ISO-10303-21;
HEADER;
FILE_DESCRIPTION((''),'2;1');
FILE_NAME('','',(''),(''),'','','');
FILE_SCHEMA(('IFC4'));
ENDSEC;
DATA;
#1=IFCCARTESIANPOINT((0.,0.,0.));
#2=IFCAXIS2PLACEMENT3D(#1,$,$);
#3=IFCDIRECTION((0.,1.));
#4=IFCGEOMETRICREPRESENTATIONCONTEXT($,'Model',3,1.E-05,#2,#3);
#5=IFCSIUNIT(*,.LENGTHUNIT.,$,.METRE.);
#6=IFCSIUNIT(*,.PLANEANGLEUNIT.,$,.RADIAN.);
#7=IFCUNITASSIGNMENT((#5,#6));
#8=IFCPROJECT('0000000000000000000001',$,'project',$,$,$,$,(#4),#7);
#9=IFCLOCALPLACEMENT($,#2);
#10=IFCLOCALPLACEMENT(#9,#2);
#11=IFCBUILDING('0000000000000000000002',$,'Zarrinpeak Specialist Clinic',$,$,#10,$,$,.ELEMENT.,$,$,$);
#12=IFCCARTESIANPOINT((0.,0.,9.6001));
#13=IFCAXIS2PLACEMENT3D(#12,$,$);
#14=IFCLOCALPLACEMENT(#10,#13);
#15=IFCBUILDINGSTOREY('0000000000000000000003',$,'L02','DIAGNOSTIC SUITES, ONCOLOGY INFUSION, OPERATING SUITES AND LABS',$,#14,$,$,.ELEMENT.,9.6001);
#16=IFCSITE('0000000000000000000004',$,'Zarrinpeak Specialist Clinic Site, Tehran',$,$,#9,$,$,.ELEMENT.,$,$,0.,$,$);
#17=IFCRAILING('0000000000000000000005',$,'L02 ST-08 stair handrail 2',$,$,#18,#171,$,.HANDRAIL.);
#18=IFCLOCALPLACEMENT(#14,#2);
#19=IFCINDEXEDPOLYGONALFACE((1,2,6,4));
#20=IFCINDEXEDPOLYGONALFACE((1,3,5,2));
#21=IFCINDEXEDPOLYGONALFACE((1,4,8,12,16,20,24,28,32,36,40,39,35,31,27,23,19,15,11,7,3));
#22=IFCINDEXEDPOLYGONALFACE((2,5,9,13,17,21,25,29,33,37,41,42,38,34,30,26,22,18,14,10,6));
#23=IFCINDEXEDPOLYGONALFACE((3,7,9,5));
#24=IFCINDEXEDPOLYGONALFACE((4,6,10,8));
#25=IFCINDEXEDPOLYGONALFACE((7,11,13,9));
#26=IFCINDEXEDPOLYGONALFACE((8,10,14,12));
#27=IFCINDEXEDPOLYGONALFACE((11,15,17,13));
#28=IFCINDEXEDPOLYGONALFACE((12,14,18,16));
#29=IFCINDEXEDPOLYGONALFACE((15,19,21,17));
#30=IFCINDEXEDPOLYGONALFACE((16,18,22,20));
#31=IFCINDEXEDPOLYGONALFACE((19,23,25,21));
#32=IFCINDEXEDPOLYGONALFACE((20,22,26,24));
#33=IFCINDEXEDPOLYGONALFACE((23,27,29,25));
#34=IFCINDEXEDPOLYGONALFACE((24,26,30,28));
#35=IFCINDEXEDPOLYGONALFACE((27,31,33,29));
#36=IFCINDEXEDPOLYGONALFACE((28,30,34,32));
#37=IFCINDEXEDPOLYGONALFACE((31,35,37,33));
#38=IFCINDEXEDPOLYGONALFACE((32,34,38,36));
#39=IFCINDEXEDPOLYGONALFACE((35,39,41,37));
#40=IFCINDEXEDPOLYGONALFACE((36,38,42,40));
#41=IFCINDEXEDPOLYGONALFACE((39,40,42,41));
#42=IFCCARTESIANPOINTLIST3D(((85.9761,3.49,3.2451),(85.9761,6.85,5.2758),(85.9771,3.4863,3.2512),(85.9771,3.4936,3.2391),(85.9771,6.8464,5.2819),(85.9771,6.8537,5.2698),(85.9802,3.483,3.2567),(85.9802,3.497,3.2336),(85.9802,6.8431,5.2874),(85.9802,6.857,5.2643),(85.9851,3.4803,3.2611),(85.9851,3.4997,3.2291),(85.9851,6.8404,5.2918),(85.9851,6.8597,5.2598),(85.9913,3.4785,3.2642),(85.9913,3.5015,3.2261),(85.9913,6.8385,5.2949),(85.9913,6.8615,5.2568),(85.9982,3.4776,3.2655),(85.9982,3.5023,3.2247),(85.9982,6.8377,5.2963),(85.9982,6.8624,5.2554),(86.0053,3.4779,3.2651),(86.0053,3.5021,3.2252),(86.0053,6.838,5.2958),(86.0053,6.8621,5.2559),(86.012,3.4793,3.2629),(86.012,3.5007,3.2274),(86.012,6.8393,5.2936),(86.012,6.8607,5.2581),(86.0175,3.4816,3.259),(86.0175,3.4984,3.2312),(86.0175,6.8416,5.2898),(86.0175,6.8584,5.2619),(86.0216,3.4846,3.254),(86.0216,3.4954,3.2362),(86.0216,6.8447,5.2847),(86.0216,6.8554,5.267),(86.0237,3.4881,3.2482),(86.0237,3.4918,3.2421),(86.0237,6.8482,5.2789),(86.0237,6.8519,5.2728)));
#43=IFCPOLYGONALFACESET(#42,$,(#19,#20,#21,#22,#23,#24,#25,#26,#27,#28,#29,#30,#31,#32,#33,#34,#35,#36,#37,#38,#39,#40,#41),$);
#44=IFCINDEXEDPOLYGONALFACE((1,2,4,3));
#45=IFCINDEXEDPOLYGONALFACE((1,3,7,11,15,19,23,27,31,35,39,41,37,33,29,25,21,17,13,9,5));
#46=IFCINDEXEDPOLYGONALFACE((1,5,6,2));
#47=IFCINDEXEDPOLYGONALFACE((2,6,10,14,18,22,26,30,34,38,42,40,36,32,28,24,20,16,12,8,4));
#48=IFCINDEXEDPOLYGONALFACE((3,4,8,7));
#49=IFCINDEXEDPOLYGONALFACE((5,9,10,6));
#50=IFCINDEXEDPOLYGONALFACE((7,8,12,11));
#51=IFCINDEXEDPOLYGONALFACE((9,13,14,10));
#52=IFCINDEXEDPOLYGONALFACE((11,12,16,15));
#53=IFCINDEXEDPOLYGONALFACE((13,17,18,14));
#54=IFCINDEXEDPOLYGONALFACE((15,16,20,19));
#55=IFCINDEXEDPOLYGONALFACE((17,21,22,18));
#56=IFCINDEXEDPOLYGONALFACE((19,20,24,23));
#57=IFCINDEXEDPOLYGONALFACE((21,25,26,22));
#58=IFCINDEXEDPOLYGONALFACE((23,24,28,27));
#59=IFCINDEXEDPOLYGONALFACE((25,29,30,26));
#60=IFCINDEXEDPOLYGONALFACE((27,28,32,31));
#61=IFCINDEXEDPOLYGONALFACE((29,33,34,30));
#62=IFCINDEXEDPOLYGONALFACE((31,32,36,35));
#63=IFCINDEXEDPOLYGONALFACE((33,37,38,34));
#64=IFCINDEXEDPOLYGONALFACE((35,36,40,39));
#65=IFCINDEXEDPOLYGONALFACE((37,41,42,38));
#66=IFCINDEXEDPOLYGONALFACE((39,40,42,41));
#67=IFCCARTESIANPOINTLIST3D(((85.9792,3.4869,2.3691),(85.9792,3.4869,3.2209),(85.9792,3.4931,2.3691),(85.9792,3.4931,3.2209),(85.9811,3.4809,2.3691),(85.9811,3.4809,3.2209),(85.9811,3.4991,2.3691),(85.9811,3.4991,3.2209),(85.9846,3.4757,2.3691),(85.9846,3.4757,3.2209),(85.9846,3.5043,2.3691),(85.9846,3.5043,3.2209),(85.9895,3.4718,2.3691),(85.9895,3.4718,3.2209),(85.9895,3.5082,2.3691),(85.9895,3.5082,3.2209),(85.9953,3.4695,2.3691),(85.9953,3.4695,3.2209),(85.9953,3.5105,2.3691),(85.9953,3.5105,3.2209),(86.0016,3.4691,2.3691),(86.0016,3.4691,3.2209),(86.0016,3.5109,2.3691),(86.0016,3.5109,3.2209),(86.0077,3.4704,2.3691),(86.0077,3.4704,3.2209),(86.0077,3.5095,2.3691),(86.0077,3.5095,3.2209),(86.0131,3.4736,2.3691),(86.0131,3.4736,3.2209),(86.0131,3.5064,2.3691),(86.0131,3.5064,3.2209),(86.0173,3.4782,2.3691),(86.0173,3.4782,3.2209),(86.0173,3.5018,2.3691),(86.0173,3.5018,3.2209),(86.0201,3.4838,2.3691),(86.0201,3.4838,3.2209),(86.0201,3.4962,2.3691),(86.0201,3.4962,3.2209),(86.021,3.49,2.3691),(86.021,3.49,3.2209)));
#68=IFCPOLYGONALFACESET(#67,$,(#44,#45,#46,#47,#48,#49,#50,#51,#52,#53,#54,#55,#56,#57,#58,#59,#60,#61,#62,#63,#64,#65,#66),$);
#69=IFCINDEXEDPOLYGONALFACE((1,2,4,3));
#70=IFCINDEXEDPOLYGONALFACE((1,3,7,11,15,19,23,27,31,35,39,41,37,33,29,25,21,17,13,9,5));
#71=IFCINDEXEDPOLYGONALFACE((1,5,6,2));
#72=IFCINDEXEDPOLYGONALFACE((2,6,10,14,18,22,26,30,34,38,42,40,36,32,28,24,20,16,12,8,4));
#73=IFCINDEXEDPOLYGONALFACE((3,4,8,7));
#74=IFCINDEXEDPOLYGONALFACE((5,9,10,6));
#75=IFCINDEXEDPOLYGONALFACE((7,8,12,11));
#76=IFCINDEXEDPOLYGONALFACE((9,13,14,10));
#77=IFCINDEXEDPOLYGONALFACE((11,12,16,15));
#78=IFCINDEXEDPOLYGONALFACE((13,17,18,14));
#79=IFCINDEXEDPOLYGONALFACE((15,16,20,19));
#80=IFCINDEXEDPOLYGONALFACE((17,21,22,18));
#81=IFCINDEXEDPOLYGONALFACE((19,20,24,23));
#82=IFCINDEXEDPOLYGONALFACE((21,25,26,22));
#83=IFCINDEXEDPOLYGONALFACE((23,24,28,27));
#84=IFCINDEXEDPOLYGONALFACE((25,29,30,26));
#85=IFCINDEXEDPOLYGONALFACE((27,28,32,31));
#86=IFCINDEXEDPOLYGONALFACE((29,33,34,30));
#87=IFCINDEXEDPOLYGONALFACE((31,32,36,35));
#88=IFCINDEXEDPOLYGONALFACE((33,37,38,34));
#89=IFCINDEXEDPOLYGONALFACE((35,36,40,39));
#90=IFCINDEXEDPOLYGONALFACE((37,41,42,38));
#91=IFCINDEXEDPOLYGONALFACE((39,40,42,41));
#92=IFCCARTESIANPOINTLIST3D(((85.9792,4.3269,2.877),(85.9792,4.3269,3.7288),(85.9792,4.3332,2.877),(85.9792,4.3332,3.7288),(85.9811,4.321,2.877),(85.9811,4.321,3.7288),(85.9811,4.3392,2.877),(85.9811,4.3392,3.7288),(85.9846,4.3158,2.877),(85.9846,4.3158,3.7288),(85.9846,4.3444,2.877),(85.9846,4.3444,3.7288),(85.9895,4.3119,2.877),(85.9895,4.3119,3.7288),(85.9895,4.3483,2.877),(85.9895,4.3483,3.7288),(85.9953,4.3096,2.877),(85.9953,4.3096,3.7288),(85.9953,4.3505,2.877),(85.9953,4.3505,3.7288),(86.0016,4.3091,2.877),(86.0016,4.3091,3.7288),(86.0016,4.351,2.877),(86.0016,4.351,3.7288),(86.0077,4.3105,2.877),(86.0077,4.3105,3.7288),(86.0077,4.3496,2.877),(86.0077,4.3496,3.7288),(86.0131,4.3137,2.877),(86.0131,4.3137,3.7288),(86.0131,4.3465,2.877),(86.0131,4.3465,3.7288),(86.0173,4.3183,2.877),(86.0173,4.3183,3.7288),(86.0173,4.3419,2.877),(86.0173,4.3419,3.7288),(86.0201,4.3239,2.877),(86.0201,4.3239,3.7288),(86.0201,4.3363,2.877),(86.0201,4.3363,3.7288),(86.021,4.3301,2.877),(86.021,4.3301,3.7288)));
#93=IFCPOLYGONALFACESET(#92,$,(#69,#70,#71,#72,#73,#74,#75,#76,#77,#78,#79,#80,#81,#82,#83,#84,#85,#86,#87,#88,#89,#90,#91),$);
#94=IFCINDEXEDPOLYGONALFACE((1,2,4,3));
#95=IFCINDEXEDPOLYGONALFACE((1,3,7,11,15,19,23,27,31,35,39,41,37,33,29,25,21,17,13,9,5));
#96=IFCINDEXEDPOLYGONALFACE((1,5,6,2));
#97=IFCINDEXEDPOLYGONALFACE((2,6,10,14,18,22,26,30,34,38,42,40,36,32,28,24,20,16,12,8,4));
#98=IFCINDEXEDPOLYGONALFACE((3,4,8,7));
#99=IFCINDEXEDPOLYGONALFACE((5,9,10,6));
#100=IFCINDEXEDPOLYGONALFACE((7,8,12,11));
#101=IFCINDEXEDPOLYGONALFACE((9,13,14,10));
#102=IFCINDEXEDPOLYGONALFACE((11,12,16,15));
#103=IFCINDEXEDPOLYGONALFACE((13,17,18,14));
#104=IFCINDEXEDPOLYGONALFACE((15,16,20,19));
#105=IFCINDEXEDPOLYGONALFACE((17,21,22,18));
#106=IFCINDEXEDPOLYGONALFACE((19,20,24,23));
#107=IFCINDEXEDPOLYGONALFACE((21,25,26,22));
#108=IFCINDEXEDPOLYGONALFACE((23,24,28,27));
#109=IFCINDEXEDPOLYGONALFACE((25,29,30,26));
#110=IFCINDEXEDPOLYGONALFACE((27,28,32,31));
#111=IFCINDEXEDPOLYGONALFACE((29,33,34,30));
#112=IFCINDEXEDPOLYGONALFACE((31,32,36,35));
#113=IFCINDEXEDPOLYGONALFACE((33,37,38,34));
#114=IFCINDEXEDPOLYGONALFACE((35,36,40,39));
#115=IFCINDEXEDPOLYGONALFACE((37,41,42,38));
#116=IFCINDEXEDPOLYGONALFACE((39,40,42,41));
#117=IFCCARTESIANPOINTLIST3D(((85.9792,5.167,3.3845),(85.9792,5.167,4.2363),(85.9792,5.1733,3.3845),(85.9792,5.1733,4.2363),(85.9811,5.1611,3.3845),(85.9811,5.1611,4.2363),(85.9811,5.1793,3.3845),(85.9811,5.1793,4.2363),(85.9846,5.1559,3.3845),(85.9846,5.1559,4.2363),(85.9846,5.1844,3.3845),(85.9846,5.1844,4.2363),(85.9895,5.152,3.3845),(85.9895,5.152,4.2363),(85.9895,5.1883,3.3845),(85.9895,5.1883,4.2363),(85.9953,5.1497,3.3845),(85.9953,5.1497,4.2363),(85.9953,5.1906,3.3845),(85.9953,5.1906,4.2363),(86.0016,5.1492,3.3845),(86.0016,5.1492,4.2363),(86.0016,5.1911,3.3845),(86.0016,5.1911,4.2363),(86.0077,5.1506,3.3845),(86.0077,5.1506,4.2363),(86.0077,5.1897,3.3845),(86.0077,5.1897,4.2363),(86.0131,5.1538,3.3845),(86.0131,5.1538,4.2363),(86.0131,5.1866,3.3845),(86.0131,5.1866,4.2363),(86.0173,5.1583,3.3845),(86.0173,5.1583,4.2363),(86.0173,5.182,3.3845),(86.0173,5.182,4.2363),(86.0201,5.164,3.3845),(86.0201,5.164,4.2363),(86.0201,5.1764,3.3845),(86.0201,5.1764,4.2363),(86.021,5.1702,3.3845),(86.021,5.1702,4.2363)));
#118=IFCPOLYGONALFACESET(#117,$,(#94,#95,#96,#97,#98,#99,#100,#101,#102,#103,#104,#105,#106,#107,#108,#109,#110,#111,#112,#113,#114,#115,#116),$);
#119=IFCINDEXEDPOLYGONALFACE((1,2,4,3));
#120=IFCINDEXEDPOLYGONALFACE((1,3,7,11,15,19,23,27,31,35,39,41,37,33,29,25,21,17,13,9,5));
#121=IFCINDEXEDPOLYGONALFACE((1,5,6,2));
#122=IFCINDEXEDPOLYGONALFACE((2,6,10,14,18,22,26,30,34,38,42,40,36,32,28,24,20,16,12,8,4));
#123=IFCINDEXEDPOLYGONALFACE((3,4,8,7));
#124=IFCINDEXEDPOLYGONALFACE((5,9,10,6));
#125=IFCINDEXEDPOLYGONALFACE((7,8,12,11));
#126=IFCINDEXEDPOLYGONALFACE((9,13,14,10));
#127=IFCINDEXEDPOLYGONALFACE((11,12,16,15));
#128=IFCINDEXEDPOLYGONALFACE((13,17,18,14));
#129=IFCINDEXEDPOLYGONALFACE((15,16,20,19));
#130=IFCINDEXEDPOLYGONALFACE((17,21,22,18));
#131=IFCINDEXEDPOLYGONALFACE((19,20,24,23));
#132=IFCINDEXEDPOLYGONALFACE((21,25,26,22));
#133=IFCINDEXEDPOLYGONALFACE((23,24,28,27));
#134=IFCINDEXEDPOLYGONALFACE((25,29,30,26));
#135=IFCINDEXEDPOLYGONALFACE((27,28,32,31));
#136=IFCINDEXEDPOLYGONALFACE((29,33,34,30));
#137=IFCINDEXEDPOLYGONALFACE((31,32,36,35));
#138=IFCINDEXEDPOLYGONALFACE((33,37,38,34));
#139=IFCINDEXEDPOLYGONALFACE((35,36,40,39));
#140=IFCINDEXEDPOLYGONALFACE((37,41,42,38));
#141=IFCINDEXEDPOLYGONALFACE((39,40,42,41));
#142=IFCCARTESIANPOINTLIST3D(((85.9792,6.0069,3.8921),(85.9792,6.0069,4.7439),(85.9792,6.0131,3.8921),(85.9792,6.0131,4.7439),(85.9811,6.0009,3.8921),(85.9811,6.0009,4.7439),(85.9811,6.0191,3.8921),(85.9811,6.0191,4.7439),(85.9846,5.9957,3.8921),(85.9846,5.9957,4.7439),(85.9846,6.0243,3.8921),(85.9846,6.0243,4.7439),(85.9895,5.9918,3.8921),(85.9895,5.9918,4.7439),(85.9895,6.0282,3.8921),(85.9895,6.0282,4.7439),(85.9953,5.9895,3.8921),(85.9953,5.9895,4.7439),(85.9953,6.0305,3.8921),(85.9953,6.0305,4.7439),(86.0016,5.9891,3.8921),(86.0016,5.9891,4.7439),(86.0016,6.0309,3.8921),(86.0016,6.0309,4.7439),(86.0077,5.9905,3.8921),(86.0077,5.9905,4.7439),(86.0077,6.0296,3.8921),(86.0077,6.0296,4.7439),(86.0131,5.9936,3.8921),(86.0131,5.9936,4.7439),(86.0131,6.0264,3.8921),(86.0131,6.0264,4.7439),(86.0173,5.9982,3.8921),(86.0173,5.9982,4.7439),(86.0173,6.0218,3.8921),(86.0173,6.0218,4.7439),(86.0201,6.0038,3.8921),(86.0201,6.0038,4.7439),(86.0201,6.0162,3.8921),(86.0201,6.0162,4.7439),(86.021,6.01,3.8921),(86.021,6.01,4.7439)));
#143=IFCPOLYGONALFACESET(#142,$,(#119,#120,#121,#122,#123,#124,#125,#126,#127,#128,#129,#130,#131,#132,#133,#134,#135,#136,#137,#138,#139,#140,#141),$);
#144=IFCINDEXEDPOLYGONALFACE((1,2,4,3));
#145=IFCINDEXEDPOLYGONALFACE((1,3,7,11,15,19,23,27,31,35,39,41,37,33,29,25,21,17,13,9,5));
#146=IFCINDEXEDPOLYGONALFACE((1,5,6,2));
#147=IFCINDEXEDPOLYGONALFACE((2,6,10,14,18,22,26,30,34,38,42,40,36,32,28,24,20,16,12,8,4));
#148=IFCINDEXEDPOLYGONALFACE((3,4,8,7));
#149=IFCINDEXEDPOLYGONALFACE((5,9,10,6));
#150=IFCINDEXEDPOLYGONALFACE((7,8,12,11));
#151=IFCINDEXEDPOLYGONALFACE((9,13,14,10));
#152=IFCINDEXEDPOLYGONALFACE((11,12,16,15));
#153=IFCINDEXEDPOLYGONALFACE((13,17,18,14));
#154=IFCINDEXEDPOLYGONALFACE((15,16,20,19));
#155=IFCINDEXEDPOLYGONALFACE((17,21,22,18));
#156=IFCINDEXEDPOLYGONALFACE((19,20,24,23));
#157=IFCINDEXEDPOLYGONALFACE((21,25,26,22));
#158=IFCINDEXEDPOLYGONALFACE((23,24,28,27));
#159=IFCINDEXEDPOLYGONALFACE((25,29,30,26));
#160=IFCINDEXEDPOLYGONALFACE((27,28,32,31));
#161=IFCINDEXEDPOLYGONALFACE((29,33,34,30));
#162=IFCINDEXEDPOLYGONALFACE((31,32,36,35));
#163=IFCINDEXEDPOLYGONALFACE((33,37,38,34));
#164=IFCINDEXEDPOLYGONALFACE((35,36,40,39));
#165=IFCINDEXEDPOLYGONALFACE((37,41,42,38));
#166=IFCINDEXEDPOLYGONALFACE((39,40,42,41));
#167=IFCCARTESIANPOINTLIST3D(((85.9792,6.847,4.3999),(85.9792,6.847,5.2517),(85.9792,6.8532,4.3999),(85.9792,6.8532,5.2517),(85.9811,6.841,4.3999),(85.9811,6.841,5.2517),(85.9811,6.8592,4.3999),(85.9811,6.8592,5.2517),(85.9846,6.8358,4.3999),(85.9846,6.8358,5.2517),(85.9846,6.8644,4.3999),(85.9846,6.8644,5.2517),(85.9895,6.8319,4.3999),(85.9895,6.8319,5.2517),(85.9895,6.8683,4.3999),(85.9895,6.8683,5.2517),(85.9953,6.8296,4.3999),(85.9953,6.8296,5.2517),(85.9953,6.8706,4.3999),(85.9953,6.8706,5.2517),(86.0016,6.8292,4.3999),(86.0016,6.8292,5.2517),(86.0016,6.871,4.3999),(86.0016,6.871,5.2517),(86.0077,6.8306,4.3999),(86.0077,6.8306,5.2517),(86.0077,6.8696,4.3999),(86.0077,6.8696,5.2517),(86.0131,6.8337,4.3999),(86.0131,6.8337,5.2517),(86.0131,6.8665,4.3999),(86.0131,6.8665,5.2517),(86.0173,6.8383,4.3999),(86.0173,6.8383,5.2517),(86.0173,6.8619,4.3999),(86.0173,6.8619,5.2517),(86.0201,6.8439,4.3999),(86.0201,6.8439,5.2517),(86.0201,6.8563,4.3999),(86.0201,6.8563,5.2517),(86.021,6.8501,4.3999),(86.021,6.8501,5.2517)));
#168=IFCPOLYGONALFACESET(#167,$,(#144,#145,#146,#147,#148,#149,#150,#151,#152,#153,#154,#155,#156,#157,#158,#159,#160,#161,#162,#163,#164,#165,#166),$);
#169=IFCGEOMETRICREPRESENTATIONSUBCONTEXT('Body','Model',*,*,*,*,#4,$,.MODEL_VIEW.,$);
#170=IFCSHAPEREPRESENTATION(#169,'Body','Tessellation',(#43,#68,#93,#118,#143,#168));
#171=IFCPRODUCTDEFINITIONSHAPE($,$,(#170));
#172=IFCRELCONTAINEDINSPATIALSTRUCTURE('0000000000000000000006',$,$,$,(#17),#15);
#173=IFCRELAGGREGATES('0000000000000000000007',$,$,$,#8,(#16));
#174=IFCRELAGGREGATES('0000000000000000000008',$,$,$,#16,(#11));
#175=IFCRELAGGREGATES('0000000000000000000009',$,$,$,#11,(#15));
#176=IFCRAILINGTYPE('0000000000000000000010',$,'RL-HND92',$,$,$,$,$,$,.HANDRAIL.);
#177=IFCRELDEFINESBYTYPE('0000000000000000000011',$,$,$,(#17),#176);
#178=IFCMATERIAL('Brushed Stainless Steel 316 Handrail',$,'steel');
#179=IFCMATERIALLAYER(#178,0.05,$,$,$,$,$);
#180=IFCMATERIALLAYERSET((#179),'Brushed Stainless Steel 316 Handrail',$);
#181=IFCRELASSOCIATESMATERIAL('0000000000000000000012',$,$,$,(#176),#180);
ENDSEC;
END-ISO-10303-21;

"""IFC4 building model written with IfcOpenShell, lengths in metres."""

from ifc_helpers import new_model, si_unit, direction, frame, origin, origin_2d, place, context, subcontext, project, spatial, circle, extrude, material, layer, layer_set, type_object, element, save


model = new_model("IFC4")

# Units and contexts
model_context = context("Model", 3, precision=1e-05, world=origin(), true_north=direction((0.0, 1.0)))
body_context = subcontext(model_context, "Body", "Model", "MODEL_VIEW")
ifc_project = project(units=[si_unit("LENGTHUNIT", "METRE"), si_unit("PLANEANGLEUNIT", "RADIAN")], contexts=[model_context])

# Site, building, storey
site_placement = place(None, origin())
site = spatial("IfcSite", under=ifc_project, at=site_placement, Name="Zarrinpeak Specialist Clinic Site, Tehran", CompositionType="ELEMENT", RefElevation=0.0)
building_placement = place(site_placement, origin())
building = spatial("IfcBuilding", under=site, at=building_placement, Name="Zarrinpeak Specialist Clinic", CompositionType="ELEMENT")
storey_placement = place(building_placement, frame((0.0, 0.0, 9.6001)))
storey = spatial("IfcBuildingStorey", under=building, at=storey_placement, Name="L02", Description="DIAGNOSTIC SUITES, ONCOLOGY INFUSION, OPERATING SUITES AND LABS", CompositionType="ELEMENT", Elevation=9.6001)

# Railing
ifc_material_1 = material(Name="Brushed Stainless Steel 316 Handrail", Category="steel")
ifc_layer_1 = layer(ifc_material_1, 0.05)
ifc_layer_set_1 = layer_set([ifc_layer_1], Name="Brushed Stainless Steel 316 Handrail")
railing_type_1 = type_object("IfcRailingType", Name="RL-HND92", PredefinedType="HANDRAIL", material=ifc_layer_set_1)
railing_1_placement = place(storey_placement, frame((86.0, 3.49, 2.3691)))
element("IfcRailing", 1, at=railing_1_placement, inside=storey, type_object=railing_type_1, Name="L02 ST-08 stair handrail 2", PredefinedType="HANDRAIL", context=body_context, shape_type="SweptSolid", body=[
    extrude(circle(Radius=0.0239, at=origin_2d()), frame((0.0, 0.0, 0.876), z_axis=(0.0, 0.855837, 0.517246), x_axis=(-1.0, 0.0, 0.0)), (0.0, 0.0, 1.0), 3.926),
    extrude(circle(Radius=0.021, at=origin_2d()), origin(), (0.0, 0.0, 1.0), 0.8518),
    extrude(circle(Radius=0.021, at=origin_2d()), frame((0.0, 0.8401, 0.5078)), (0.0, 0.0, 1.0), 0.8518),
    extrude(circle(Radius=0.021, at=origin_2d()), frame((0.0, 1.6802, 1.0154)), (0.0, 0.0, 1.0), 0.8518),
    extrude(circle(Radius=0.021, at=origin_2d()), frame((0.0, 2.52, 1.5229)), (0.0, 0.0, 1.0), 0.8518),
    extrude(circle(Radius=0.021, at=origin_2d()), frame((0.0, 3.3601, 2.0308)), (0.0, 0.0, 1.0), 0.8518),
])

save(model, "model.ifc")
